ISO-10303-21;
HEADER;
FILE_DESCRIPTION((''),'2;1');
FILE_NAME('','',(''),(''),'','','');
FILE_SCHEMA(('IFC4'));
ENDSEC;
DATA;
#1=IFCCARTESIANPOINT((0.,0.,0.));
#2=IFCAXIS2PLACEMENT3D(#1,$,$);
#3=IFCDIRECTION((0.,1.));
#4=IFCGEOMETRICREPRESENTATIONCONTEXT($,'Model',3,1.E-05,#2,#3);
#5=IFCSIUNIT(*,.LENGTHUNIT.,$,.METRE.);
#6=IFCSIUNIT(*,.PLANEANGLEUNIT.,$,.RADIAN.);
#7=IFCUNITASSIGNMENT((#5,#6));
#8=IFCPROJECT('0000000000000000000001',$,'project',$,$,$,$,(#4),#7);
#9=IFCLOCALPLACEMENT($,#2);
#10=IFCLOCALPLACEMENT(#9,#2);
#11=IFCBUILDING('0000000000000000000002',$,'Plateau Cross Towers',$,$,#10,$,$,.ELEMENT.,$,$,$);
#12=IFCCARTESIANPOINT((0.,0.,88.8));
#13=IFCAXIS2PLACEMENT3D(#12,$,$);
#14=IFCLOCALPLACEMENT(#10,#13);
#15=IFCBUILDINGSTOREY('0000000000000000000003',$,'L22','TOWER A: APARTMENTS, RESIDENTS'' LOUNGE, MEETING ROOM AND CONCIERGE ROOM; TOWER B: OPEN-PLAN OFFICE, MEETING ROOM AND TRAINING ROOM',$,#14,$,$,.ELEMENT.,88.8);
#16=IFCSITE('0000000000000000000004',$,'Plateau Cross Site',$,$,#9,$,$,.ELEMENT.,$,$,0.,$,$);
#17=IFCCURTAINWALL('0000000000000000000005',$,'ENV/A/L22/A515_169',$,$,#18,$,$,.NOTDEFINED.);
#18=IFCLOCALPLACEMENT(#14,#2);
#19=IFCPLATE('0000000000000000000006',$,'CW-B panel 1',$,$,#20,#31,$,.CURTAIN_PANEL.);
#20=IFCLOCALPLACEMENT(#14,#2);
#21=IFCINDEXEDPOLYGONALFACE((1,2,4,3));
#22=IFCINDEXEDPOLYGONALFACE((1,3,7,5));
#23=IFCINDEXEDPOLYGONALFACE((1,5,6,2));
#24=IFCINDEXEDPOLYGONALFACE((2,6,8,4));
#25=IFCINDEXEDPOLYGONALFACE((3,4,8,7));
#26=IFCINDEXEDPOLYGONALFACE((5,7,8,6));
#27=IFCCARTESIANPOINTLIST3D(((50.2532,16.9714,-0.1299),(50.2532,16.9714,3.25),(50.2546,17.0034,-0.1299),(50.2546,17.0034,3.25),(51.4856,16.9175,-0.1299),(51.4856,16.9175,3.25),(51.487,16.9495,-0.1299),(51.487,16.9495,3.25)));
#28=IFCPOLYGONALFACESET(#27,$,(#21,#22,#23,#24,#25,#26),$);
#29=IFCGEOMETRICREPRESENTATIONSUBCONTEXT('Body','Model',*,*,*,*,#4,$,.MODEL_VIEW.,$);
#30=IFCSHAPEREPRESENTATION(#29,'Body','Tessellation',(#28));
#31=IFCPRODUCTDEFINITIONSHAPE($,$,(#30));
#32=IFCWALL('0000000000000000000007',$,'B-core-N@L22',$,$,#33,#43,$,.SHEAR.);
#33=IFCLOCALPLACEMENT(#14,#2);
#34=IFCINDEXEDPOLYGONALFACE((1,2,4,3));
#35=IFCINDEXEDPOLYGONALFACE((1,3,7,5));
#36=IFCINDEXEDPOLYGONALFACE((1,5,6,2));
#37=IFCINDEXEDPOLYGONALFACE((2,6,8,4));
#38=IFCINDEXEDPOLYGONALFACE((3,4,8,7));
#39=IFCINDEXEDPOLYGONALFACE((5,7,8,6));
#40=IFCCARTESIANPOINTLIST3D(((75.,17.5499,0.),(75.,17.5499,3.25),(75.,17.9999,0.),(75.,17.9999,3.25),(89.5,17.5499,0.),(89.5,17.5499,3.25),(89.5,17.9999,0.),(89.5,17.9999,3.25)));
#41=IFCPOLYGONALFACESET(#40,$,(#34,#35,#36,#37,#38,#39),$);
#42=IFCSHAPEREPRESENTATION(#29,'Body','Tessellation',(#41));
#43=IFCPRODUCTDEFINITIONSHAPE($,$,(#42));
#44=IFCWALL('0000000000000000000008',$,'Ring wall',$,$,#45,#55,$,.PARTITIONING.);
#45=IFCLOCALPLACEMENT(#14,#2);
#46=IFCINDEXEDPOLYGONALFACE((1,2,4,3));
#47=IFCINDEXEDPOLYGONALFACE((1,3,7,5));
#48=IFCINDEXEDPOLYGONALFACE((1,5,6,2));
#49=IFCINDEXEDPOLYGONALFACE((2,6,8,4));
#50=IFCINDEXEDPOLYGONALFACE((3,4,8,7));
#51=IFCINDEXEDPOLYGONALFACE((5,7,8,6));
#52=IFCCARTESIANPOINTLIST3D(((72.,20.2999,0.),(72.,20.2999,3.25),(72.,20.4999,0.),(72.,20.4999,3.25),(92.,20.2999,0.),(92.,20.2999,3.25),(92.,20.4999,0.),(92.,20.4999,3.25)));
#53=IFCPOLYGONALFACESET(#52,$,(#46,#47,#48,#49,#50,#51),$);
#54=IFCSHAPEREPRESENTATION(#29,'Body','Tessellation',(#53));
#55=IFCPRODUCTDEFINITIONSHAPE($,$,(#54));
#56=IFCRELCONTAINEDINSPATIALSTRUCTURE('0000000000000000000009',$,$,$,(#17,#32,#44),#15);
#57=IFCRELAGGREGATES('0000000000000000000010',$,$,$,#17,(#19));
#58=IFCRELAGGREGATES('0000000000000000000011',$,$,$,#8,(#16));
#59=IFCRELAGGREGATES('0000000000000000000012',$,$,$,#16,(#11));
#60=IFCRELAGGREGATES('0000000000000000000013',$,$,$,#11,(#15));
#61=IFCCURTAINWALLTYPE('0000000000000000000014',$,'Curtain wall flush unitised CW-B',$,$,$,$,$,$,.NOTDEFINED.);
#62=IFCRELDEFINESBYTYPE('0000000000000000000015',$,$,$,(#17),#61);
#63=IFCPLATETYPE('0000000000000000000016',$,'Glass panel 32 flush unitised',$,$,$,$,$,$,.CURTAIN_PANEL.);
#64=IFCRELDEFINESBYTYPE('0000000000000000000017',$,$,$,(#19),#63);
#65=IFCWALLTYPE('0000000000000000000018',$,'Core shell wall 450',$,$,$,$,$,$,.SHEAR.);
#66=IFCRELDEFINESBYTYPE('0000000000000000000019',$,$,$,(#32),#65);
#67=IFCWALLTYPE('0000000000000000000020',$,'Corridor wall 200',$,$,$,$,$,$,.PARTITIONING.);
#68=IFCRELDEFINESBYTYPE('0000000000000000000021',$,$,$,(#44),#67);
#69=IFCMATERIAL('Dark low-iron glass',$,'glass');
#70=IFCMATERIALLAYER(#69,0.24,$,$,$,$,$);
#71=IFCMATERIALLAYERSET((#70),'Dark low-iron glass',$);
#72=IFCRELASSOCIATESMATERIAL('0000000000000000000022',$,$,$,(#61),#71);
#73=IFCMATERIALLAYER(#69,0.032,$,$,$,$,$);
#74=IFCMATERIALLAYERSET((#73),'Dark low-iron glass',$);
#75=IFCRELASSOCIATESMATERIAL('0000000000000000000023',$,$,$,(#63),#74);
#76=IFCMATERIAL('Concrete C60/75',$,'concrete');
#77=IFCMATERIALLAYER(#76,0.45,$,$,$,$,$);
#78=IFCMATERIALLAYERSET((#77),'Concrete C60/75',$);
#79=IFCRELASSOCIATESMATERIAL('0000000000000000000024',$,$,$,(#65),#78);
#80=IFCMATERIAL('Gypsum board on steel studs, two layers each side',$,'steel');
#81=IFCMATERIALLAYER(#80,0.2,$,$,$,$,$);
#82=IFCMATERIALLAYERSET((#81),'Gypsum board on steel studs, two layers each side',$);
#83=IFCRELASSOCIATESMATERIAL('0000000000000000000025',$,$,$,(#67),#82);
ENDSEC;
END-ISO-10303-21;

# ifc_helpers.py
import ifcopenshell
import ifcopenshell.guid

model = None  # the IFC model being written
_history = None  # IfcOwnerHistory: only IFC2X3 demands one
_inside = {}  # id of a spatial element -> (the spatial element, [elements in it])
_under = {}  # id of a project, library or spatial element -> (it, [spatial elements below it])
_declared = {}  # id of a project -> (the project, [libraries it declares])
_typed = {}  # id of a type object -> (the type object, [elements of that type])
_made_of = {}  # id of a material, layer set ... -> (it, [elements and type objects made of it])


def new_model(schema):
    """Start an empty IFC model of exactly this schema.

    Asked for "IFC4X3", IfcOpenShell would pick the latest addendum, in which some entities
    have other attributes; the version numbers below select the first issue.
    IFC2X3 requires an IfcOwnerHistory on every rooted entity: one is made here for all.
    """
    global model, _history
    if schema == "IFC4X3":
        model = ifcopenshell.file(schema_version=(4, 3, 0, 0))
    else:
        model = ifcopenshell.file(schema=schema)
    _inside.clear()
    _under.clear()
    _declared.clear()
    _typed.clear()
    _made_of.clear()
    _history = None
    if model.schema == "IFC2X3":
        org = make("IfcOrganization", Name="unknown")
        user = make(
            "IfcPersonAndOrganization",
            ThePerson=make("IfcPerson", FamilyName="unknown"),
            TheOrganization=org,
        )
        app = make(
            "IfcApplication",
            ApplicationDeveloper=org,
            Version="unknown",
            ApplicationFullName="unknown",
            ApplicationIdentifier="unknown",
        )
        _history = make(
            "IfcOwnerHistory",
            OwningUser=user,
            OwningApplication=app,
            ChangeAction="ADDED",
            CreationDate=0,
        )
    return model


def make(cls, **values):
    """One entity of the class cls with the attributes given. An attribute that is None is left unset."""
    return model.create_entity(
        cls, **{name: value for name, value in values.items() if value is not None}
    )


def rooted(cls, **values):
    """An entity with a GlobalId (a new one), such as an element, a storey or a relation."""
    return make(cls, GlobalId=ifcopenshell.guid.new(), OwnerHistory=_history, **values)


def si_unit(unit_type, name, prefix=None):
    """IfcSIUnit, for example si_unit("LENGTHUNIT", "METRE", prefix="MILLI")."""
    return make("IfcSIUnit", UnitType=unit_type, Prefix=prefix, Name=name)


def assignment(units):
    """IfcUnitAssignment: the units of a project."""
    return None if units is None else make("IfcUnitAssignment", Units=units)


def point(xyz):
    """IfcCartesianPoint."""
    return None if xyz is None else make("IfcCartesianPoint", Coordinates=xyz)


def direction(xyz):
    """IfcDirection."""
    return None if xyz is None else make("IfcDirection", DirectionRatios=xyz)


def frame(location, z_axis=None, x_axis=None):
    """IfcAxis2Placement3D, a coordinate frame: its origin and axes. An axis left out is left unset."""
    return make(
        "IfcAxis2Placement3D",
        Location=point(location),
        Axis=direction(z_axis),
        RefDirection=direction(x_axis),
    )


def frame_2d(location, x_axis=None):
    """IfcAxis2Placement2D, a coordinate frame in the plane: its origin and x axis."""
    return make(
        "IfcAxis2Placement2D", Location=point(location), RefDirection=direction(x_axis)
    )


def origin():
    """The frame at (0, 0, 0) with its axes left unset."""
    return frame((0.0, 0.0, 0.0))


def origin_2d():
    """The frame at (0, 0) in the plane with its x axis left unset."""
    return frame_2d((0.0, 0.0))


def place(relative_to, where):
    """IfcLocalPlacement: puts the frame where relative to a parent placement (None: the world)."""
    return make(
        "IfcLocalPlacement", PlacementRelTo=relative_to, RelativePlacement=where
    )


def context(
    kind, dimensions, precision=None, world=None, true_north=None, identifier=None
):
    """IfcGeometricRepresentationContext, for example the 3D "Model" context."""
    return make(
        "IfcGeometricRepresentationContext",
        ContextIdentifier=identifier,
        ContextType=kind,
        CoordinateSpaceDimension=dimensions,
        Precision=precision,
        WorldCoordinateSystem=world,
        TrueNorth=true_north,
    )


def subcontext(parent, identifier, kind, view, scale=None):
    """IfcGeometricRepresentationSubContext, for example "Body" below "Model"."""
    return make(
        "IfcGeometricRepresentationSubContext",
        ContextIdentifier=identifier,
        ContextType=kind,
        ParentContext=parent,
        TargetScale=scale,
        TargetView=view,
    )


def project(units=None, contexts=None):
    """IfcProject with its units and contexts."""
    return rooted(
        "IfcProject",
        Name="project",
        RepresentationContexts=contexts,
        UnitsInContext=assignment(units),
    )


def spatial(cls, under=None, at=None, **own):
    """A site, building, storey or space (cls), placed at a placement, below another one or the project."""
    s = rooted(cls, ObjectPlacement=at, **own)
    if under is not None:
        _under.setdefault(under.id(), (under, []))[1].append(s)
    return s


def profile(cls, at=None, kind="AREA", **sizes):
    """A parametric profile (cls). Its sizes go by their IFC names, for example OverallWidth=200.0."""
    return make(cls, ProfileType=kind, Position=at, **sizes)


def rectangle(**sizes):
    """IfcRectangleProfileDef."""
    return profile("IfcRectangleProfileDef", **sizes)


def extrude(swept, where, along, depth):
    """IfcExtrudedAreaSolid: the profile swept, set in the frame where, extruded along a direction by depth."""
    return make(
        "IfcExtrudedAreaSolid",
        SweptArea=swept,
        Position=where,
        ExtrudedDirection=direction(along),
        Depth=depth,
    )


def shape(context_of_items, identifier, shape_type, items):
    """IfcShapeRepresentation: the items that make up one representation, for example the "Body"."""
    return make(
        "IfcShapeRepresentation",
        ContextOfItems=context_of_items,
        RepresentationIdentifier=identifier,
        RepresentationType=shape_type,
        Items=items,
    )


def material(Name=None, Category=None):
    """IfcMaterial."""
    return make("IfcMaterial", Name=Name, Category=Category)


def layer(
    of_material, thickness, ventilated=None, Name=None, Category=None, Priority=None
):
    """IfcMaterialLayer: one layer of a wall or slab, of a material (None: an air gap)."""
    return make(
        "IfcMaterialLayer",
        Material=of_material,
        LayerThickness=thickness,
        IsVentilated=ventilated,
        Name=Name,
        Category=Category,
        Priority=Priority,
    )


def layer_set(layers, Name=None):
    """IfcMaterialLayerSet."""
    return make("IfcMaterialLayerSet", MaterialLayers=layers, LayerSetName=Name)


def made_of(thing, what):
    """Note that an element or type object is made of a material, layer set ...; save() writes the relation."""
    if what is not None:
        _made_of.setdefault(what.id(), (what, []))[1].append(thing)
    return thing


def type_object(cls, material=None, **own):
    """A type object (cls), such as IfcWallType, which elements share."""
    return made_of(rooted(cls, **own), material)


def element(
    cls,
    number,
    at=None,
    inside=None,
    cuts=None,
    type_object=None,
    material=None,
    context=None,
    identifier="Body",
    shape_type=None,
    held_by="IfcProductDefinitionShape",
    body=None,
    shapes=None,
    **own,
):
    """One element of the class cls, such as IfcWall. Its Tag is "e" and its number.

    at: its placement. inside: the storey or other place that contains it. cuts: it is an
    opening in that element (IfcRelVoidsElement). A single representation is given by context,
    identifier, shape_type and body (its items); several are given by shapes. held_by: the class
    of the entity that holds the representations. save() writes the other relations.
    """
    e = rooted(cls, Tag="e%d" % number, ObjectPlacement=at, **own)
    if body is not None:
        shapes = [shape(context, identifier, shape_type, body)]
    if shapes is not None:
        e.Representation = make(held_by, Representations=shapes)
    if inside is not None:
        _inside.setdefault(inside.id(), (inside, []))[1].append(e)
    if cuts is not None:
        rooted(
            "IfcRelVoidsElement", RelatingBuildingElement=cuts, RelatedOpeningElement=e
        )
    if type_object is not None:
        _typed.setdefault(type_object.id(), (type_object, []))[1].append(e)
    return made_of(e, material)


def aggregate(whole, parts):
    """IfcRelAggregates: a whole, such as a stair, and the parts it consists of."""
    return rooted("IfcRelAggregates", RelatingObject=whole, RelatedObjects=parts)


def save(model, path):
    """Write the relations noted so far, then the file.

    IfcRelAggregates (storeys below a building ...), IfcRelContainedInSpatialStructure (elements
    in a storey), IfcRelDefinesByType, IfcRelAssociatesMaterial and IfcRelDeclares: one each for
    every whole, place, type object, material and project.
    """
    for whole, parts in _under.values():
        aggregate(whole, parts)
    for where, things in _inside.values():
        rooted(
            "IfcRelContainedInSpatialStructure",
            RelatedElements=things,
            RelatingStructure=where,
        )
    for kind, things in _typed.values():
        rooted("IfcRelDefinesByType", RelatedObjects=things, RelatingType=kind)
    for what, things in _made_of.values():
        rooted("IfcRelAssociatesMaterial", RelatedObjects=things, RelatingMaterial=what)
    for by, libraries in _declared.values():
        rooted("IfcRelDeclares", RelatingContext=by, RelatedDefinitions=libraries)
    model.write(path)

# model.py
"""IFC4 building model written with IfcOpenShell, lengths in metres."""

from ifc_helpers import new_model, si_unit, direction, frame, frame_2d, origin, origin_2d, place, context, subcontext, project, spatial, rectangle, extrude, material, layer, layer_set, type_object, element, aggregate, save


model = new_model("IFC4")

# Units and contexts
model_context = context("Model", 3, precision=1e-05, world=origin(), true_north=direction((0.0, 1.0)))
body_context = subcontext(model_context, "Body", "Model", "MODEL_VIEW")
ifc_project = project(units=[si_unit("LENGTHUNIT", "METRE"), si_unit("PLANEANGLEUNIT", "RADIAN")], contexts=[model_context])

# Site, building, storey
site_placement = place(None, origin())
site = spatial("IfcSite", under=ifc_project, at=site_placement, Name="Plateau Cross Site", CompositionType="ELEMENT", RefElevation=0.0)
building_placement = place(site_placement, origin())
building = spatial("IfcBuilding", under=site, at=building_placement, Name="Plateau Cross Towers", CompositionType="ELEMENT")
storey_placement = place(building_placement, frame((0.0, 0.0, 88.8)))
storey = spatial("IfcBuildingStorey", under=building, at=storey_placement, Name="L22", Description="TOWER A: APARTMENTS, RESIDENTS' LOUNGE, MEETING ROOM AND CONCIERGE ROOM; TOWER B: OPEN-PLAN OFFICE, MEETING ROOM AND TRAINING ROOM", CompositionType="ELEMENT", Elevation=88.8)

# Shared definitions
ifc_material_1 = material(Name="Concrete C60/75", Category="concrete")

# Shared definitions
ifc_material_2 = material(Name="Dark low-iron glass", Category="glass")
ifc_layer_1 = layer(ifc_material_2, 0.24)
ifc_layer_set_1 = layer_set([ifc_layer_1], Name="Dark low-iron glass")
curtain_wall_type_1 = type_object("IfcCurtainWallType", Name="Curtain wall flush unitised CW-B", PredefinedType="NOTDEFINED", material=ifc_layer_set_1)

# Curtain wall
curtain_wall_1_placement = place(storey_placement, origin())
curtain_wall_1 = element("IfcCurtainWall", 1, at=curtain_wall_1_placement, inside=storey, type_object=curtain_wall_type_1, Name="ENV/A/L22/A515_169", PredefinedType="NOTDEFINED")

# Shared definitions
ifc_layer_2 = layer(ifc_material_2, 0.032)
ifc_layer_set_2 = layer_set([ifc_layer_2], Name="Dark low-iron glass")
plate_type_1 = type_object("IfcPlateType", Name="Glass panel 32 flush unitised", PredefinedType="CURTAIN_PANEL", material=ifc_layer_set_2)

# Plate
plate_1_placement = place(storey_placement, frame((50.8701, 16.9604, -0.1299), z_axis=(0.0, 0.0, 1.0), x_axis=(-0.999044, 0.043723, 0.0)))
plate_1 = element("IfcPlate", 2, at=plate_1_placement, type_object=plate_type_1, Name="CW-B panel 1", PredefinedType="CURTAIN_PANEL", context=body_context, shape_type="SweptSolid", body=[
    extrude(rectangle(XDim=1.2336, YDim=0.032, at=origin_2d()), origin(), (0.0, 0.0, 1.0), 3.3799),
])
aggregate(curtain_wall_1, [plate_1])

# Walls
ifc_layer_3 = layer(ifc_material_1, 0.45)
ifc_layer_set_3 = layer_set([ifc_layer_3], Name="Concrete C60/75")
wall_type_1 = type_object("IfcWallType", Name="Core shell wall 450", PredefinedType="SHEAR", material=ifc_layer_set_3)
wall_1_placement = place(storey_placement, frame((75.0, 17.7749, 0.0), z_axis=(0.0, 0.0, 1.0), x_axis=(1.0, 0.0, 0.0)))
element("IfcWall", 3, at=wall_1_placement, inside=storey, type_object=wall_type_1, Name="B-core-N@L22", PredefinedType="SHEAR", context=body_context, shape_type="SweptSolid", body=[
    extrude(rectangle(XDim=14.5, YDim=0.45, at=frame_2d((7.25, 0.0))), origin(), (0.0, 0.0, 1.0), 3.25),
])
ifc_material_3 = material(Name="Gypsum board on steel studs, two layers each side", Category="steel")
ifc_layer_4 = layer(ifc_material_3, 0.2)
ifc_layer_set_4 = layer_set([ifc_layer_4], Name="Gypsum board on steel studs, two layers each side")
wall_type_2 = type_object("IfcWallType", Name="Corridor wall 200", PredefinedType="PARTITIONING", material=ifc_layer_set_4)
wall_2_placement = place(storey_placement, frame((72.0, 20.3999, 0.0), z_axis=(0.0, 0.0, 1.0), x_axis=(1.0, 0.0, 0.0)))
element("IfcWall", 4, at=wall_2_placement, inside=storey, type_object=wall_type_2, Name="Ring wall", PredefinedType="PARTITIONING", context=body_context, shape_type="SweptSolid", body=[
    extrude(rectangle(XDim=20.0, YDim=0.2, at=frame_2d((10.0, 0.0))), origin(), (0.0, 0.0, 1.0), 3.25),
])

save(model, "model.ifc")
